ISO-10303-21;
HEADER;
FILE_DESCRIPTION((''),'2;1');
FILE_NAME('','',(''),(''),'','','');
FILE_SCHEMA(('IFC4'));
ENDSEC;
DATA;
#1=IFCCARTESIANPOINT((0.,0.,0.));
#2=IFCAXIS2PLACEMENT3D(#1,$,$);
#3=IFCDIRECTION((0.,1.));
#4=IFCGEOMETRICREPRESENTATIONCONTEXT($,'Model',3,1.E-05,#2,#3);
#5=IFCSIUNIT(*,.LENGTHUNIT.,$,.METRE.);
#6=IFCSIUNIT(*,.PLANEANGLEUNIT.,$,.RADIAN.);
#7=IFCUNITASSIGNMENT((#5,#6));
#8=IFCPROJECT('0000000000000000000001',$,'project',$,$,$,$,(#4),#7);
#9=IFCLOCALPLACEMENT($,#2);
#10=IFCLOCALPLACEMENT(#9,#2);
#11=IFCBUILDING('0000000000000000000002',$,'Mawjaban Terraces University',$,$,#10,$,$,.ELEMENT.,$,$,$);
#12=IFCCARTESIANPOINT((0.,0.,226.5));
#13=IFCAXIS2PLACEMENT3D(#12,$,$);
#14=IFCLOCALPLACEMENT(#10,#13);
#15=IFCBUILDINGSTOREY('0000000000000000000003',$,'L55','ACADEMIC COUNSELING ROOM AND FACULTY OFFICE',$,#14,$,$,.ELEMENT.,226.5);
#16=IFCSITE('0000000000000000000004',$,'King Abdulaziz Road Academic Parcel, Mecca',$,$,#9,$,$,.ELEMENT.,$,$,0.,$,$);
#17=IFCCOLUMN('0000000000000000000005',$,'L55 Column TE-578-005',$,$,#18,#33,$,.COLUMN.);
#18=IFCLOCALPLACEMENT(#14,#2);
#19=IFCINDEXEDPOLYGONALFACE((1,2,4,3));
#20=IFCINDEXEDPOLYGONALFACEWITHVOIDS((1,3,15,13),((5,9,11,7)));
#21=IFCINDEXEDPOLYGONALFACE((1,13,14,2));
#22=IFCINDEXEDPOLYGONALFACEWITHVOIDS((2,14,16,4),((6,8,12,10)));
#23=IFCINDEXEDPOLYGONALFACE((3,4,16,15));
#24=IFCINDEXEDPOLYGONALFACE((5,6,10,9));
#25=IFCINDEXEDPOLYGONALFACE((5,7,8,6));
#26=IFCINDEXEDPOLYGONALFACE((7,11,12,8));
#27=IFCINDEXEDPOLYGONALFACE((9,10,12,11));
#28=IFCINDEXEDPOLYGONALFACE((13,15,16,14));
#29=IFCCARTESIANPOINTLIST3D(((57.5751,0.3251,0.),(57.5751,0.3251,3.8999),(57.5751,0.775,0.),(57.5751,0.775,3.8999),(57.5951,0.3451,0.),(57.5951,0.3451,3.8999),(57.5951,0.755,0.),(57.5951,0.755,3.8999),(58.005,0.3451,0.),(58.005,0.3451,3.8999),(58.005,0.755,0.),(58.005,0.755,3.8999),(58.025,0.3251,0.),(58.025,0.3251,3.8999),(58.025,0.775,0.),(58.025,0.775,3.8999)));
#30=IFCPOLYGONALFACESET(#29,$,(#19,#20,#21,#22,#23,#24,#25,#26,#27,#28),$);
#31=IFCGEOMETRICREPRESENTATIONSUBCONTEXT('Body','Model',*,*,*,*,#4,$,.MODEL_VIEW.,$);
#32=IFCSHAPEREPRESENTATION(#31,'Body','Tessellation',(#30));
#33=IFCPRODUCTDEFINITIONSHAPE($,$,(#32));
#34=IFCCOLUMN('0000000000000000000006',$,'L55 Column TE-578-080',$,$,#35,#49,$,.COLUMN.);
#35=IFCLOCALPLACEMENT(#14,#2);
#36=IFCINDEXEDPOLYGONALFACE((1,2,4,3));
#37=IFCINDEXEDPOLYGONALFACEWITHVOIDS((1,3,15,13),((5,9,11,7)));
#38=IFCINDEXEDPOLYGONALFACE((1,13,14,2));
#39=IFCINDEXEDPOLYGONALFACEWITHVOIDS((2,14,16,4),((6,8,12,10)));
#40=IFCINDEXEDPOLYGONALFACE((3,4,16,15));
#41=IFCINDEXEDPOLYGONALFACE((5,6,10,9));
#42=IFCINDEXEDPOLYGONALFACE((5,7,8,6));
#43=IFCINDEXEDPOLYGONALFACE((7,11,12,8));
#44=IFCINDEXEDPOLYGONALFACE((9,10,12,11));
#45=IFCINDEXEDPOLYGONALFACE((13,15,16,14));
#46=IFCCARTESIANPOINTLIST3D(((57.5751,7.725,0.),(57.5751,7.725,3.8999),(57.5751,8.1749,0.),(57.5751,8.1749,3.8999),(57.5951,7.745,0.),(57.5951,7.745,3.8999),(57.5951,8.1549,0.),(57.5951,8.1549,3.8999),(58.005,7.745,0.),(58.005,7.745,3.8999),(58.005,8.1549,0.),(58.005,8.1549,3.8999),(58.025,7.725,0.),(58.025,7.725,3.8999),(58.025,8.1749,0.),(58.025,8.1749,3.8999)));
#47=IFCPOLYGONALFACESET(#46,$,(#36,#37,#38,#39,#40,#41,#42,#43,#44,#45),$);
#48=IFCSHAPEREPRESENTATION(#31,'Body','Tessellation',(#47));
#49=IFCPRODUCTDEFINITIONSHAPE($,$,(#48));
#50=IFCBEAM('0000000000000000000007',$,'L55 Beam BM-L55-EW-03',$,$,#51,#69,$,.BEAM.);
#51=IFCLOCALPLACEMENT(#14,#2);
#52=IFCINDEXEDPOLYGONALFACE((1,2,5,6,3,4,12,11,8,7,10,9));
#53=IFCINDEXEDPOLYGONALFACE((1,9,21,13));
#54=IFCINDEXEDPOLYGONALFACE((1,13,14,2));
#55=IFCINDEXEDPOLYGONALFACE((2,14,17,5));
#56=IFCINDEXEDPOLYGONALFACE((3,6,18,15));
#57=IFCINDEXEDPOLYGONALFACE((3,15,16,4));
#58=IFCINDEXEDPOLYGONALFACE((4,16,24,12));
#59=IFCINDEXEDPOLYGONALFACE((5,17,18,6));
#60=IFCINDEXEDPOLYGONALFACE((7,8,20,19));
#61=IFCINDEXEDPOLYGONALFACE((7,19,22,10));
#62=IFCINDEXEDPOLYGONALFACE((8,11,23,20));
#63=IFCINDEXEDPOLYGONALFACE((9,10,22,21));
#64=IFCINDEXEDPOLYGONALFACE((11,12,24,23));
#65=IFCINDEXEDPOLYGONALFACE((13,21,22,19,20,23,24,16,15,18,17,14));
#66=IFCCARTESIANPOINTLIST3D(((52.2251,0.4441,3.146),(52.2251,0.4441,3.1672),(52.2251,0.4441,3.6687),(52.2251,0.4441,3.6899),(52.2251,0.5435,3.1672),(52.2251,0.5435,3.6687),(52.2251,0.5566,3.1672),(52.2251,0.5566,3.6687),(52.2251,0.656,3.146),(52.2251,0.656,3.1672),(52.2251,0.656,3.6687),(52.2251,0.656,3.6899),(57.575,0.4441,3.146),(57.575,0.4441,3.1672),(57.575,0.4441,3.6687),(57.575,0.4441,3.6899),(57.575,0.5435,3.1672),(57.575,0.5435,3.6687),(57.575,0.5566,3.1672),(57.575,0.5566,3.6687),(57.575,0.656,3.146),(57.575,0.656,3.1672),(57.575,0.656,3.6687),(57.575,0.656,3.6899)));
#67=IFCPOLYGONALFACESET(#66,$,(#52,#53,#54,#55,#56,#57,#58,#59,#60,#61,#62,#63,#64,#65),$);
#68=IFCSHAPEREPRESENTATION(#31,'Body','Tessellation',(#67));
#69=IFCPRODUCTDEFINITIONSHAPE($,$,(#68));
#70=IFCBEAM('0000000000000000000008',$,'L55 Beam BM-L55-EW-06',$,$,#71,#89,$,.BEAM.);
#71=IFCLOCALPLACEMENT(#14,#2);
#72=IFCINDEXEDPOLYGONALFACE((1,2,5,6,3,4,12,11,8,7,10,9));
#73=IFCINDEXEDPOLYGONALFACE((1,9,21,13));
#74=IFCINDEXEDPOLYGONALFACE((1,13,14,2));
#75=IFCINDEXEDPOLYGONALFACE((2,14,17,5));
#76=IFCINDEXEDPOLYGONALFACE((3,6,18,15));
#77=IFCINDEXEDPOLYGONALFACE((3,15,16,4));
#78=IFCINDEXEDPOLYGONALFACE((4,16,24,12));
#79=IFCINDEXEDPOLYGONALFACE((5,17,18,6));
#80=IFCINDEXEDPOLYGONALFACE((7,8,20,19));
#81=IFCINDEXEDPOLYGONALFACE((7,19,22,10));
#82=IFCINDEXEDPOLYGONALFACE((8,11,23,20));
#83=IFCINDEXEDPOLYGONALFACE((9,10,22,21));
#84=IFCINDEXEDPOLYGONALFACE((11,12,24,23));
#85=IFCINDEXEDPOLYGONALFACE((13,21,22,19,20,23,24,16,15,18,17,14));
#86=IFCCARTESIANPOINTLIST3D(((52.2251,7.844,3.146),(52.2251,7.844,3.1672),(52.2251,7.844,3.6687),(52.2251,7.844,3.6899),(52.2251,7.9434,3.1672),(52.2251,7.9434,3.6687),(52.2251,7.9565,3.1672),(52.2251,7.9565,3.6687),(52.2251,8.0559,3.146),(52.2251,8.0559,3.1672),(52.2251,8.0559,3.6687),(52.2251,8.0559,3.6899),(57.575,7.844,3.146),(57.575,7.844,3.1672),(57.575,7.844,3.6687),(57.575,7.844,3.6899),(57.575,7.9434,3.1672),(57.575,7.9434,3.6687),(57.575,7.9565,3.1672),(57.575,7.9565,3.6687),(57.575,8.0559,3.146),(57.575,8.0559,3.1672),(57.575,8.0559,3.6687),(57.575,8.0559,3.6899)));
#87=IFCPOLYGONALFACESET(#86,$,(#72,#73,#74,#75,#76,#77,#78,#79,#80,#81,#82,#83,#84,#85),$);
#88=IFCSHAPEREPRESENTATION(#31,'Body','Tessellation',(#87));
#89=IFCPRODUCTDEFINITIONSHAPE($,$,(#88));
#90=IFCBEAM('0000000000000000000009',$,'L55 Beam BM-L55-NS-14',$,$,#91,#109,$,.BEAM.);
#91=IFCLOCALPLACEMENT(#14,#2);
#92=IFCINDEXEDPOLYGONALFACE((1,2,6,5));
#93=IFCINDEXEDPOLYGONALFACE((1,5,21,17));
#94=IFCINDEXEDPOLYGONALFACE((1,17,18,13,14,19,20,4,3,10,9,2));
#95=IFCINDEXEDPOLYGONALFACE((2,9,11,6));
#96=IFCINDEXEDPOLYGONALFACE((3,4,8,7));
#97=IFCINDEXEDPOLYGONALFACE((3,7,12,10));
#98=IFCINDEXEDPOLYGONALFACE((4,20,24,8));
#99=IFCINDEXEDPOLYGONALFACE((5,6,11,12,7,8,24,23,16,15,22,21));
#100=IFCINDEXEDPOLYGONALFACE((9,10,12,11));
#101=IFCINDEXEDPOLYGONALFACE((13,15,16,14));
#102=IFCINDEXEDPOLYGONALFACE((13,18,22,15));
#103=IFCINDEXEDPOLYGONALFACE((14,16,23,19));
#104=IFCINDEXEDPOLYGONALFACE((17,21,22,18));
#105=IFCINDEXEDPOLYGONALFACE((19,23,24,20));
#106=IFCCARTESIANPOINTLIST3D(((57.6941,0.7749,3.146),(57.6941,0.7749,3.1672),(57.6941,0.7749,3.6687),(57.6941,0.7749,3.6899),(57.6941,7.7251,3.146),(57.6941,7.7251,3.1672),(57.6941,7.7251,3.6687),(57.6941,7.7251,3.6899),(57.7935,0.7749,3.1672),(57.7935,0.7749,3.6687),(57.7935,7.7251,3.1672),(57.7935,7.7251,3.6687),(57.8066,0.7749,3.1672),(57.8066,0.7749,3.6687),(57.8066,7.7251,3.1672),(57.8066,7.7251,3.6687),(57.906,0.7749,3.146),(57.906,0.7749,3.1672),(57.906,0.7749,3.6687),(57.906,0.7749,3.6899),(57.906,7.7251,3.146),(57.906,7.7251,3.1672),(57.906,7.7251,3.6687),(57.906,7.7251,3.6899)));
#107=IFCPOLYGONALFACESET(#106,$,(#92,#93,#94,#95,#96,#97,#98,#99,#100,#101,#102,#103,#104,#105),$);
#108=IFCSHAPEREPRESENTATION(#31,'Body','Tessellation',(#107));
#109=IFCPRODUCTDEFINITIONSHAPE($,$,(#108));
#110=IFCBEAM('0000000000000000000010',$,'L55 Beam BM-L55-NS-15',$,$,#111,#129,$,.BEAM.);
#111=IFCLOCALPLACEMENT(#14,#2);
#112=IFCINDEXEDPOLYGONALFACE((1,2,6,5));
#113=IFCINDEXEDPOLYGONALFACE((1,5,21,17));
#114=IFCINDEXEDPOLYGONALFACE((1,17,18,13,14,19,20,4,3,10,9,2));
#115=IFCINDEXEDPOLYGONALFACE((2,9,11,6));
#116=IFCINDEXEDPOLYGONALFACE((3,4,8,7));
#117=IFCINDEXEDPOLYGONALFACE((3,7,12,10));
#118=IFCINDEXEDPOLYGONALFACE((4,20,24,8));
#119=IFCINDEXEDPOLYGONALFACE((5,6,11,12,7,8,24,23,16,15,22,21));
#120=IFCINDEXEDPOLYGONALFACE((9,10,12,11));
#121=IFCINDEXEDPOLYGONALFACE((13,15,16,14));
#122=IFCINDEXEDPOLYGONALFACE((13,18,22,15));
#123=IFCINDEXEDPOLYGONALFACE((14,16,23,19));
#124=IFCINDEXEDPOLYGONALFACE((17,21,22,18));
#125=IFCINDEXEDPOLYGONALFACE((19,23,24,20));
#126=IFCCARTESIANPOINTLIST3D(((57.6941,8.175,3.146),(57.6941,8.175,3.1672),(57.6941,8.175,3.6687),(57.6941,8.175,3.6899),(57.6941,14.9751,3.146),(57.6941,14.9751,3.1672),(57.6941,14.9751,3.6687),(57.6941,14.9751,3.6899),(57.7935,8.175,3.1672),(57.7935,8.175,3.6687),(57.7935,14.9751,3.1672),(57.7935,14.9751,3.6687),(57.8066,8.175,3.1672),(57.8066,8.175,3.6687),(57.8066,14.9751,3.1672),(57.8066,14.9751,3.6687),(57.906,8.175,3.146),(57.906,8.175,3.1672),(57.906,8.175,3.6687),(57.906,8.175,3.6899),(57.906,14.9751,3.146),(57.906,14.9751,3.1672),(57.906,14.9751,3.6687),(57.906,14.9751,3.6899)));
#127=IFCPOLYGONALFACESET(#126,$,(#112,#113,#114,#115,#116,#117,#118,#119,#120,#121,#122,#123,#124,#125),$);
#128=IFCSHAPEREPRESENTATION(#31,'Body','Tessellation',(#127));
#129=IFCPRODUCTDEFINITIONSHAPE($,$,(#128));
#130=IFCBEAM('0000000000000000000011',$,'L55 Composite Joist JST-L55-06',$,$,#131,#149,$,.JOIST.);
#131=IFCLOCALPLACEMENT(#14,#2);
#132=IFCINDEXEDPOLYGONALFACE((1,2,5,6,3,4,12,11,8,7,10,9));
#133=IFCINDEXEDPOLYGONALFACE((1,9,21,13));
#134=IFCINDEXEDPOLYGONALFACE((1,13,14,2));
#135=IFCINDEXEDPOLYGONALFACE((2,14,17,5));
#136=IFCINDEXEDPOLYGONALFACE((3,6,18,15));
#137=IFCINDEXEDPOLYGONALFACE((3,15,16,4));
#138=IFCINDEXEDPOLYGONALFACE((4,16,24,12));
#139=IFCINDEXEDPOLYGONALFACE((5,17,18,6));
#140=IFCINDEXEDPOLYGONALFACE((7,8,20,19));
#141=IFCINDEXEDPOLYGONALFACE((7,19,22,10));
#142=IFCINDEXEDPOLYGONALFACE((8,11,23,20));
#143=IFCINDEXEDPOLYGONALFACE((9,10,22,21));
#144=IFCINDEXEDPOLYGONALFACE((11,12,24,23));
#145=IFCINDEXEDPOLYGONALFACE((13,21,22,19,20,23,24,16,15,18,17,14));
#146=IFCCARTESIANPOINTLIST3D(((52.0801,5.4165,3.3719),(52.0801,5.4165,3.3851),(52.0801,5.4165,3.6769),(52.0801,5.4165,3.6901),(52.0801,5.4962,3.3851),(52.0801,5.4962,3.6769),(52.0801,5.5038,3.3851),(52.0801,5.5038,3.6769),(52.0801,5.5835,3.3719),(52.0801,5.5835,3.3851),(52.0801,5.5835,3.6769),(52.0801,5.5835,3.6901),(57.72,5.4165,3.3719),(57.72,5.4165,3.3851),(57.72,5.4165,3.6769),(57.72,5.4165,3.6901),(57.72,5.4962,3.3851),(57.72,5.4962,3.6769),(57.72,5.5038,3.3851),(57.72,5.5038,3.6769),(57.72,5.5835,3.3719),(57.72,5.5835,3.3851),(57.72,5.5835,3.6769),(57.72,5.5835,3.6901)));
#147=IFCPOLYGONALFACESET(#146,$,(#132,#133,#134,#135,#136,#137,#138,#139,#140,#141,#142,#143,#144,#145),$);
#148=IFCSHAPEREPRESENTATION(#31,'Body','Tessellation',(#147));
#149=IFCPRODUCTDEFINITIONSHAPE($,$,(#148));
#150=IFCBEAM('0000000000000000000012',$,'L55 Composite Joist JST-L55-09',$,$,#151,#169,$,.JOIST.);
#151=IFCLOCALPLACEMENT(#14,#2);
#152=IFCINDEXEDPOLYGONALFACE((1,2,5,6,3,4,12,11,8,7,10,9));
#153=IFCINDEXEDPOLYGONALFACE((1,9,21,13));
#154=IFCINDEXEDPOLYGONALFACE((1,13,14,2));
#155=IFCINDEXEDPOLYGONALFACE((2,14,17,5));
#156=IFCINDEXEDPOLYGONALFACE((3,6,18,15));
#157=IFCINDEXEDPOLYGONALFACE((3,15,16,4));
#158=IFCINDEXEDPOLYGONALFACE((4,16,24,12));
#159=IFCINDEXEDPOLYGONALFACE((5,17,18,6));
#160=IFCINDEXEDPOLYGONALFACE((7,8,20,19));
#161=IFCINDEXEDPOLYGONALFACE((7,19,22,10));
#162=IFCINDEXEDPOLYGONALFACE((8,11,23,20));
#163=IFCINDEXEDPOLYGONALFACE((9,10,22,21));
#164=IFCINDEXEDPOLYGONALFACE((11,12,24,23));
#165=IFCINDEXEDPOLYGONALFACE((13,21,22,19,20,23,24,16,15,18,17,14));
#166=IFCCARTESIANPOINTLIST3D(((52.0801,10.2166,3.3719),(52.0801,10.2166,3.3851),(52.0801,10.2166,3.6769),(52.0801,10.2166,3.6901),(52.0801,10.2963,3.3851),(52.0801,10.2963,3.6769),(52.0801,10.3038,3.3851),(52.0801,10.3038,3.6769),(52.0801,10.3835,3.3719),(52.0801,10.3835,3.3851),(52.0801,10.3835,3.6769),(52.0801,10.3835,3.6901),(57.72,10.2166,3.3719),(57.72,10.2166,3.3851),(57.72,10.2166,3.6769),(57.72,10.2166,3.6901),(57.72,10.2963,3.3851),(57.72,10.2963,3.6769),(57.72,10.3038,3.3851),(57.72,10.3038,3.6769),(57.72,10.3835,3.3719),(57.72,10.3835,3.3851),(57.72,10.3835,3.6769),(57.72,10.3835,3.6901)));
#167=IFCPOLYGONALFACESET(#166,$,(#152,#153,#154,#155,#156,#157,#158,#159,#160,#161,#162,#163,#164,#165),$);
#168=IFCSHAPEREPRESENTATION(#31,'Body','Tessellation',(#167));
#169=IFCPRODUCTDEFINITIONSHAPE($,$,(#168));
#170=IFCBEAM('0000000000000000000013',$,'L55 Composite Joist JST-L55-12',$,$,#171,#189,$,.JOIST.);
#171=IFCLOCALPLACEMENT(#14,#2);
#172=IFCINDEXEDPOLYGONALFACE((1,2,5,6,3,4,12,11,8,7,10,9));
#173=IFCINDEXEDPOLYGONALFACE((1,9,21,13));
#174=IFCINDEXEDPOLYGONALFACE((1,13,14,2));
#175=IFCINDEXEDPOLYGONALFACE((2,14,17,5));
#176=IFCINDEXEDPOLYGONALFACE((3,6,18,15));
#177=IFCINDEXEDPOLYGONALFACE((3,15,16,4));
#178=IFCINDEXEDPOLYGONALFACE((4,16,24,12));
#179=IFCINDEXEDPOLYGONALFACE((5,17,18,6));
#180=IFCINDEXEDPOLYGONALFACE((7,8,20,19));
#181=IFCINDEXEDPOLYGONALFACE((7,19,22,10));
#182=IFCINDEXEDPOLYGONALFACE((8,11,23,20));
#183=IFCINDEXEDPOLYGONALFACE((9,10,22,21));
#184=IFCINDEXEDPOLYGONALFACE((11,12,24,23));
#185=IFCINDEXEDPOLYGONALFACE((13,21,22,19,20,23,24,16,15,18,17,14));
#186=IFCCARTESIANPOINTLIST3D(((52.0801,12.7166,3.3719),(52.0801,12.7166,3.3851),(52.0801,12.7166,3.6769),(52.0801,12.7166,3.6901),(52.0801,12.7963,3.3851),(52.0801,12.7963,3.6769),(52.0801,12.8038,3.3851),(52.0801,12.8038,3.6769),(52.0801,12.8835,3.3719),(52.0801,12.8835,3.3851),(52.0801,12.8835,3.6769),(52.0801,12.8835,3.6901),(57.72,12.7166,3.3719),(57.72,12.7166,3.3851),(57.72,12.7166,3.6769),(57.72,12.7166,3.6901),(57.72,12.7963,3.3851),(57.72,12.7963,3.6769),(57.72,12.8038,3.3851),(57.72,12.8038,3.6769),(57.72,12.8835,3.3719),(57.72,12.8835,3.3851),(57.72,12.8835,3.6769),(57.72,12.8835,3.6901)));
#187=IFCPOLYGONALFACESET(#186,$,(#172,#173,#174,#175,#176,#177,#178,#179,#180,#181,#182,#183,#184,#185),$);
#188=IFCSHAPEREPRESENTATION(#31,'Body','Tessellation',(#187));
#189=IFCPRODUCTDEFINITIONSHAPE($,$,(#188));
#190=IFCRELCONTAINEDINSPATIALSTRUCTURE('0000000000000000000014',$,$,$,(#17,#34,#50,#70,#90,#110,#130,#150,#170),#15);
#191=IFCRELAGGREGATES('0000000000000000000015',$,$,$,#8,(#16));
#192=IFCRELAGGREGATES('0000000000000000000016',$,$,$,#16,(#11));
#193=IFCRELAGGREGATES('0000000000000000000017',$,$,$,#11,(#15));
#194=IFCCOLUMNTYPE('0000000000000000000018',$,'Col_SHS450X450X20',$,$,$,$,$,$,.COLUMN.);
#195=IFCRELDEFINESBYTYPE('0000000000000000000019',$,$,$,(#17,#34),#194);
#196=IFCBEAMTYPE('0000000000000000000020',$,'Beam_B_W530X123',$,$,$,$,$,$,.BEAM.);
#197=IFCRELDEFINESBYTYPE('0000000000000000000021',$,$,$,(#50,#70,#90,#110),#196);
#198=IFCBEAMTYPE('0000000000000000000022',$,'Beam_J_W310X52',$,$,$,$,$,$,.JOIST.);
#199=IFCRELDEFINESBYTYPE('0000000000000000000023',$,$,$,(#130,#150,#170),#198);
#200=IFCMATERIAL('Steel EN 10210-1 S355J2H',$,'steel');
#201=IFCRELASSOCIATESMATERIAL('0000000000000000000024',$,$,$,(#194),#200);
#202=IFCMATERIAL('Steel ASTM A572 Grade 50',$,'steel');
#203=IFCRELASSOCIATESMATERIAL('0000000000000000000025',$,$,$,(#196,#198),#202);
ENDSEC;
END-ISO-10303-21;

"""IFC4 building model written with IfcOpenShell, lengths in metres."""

from ifc_helpers import new_model, si_unit, direction, frame, origin, origin_2d, place, context, subcontext, project, spatial, hollow_rectangle, i_section, extrude, material, material_profile, profile_set, type_object, element, save


model = new_model("IFC4")

# Units and contexts
model_context = context("Model", 3, precision=1e-05, world=origin(), true_north=direction((0.0, 1.0)))
body_context = subcontext(model_context, "Body", "Model", "MODEL_VIEW")
ifc_project = project(units=[si_unit("LENGTHUNIT", "METRE"), si_unit("PLANEANGLEUNIT", "RADIAN")], contexts=[model_context])

# Site, building, storey
site_placement = place(None, origin())
site = spatial("IfcSite", under=ifc_project, at=site_placement, Name="King Abdulaziz Road Academic Parcel, Mecca", CompositionType="ELEMENT", RefElevation=0.0)
building_placement = place(site_placement, origin())
building = spatial("IfcBuilding", under=site, at=building_placement, Name="Mawjaban Terraces University", CompositionType="ELEMENT")
storey_placement = place(building_placement, frame((0.0, 0.0, 226.5)))
storey = spatial("IfcBuildingStorey", under=building, at=storey_placement, Name="L55", Description="ACADEMIC COUNSELING ROOM AND FACULTY OFFICE", CompositionType="ELEMENT", Elevation=226.5)

# Columns
ifc_material_1 = material(Name="Steel EN 10210-1 S355J2H", Category="steel")
ifc_material_profile_1 = material_profile(ifc_material_1, hollow_rectangle(XDim=0.45, YDim=0.45, WallThickness=0.02, at=origin_2d()), Name="SHS450X450X20")
ifc_profile_set_1 = profile_set([ifc_material_profile_1], Name="Steel EN 10210-1 S355J2H")
column_type = type_object("IfcColumnType", Name="Col_SHS450X450X20", PredefinedType="COLUMN", material=ifc_profile_set_1)
for number, where, z_axis, x_axis, name in (
    (1, (57.8, 0.55, 0.0), (0.0, 0.0, 1.0), (1.0, 0.0, 0.0), "L55 Column TE-578-005"),
    (2, (57.8, 7.95, 0.0), (0.0, 0.0, 1.0), (1.0, 0.0, 0.0), "L55 Column TE-578-080"),
):
    element("IfcColumn", number, at=place(storey_placement, frame(where, z_axis=z_axis, x_axis=x_axis)), inside=storey, type_object=column_type, Name=name, PredefinedType="COLUMN", context=body_context, shape_type="SweptSolid", body=[
        extrude(hollow_rectangle(XDim=0.45, YDim=0.45, WallThickness=0.02, at=origin_2d()), origin(), (0.0, 0.0, 1.0), 3.8999),
    ])

# Beams
ifc_material_2 = material(Name="Steel ASTM A572 Grade 50", Category="steel")
ifc_material_profile_2 = material_profile(ifc_material_2, i_section(OverallWidth=0.2119, OverallDepth=0.5439, WebThickness=0.0132, FlangeThickness=0.0212, at=origin_2d()), Name="W530X123")
ifc_profile_set_2 = profile_set([ifc_material_profile_2], Name="Steel ASTM A572 Grade 50")
beam_type_1 = type_object("IfcBeamType", Name="Beam_B_W530X123", PredefinedType="BEAM", material=ifc_profile_set_2)
for number, where, z_axis, x_axis, name in (
    (3, (52.2251, 0.55, 3.418), (1.0, 0.0, 0.0), (0.0, 1.0, 0.0), "L55 Beam BM-L55-EW-03"),
    (4, (52.2251, 7.95, 3.418), (1.0, 0.0, 0.0), (0.0, 1.0, 0.0), "L55 Beam BM-L55-EW-06"),
):
    element("IfcBeam", number, at=place(storey_placement, frame(where, z_axis=z_axis, x_axis=x_axis)), inside=storey, type_object=beam_type_1, Name=name, PredefinedType="BEAM", context=body_context, shape_type="SweptSolid", body=[
        extrude(i_section(OverallWidth=0.2119, OverallDepth=0.5439, WebThickness=0.0132, FlangeThickness=0.0212, at=origin_2d()), origin(), (0.0, 0.0, 1.0), 5.3499),
    ])
beam_1_placement = place(storey_placement, frame((57.8, 0.7749, 3.418), z_axis=(0.0, 1.0, 0.0), x_axis=(-1.0, 0.0, 0.0)))
element("IfcBeam", 5, at=beam_1_placement, inside=storey, type_object=beam_type_1, Name="L55 Beam BM-L55-NS-14", PredefinedType="BEAM", context=body_context, shape_type="SweptSolid", body=[
    extrude(i_section(OverallWidth=0.2119, OverallDepth=0.5439, WebThickness=0.0132, FlangeThickness=0.0212, at=origin_2d()), origin(), (0.0, 0.0, 1.0), 6.9502),
])
beam_2_placement = place(storey_placement, frame((57.8, 8.175, 3.418), z_axis=(0.0, 1.0, 0.0), x_axis=(-1.0, 0.0, 0.0)))
element("IfcBeam", 6, at=beam_2_placement, inside=storey, type_object=beam_type_1, Name="L55 Beam BM-L55-NS-15", PredefinedType="BEAM", context=body_context, shape_type="SweptSolid", body=[
    extrude(i_section(OverallWidth=0.2119, OverallDepth=0.5439, WebThickness=0.0132, FlangeThickness=0.0212, at=origin_2d()), origin(), (0.0, 0.0, 1.0), 6.8),
])
ifc_material_profile_3 = material_profile(ifc_material_2, i_section(OverallWidth=0.167, OverallDepth=0.3181, WebThickness=0.0076, FlangeThickness=0.0132, at=origin_2d()), Name="W310X52")
ifc_profile_set_3 = profile_set([ifc_material_profile_3], Name="Steel ASTM A572 Grade 50")
beam_type_2 = type_object("IfcBeamType", Name="Beam_J_W310X52", PredefinedType="JOIST", material=ifc_profile_set_3)
for number, where, z_axis, x_axis, name in (
    (7, (52.0801, 5.5, 3.531), (1.0, 0.0, 0.0), (0.0, 1.0, 0.0), "L55 Composite Joist JST-L55-06"),
    (8, (52.0801, 10.3, 3.531), (1.0, 0.0, 0.0), (0.0, 1.0, 0.0), "L55 Composite Joist JST-L55-09"),
    (9, (52.0801, 12.8, 3.531), (1.0, 0.0, 0.0), (0.0, 1.0, 0.0), "L55 Composite Joist JST-L55-12"),
):
    element("IfcBeam", number, at=place(storey_placement, frame(where, z_axis=z_axis, x_axis=x_axis)), inside=storey, type_object=beam_type_2, Name=name, PredefinedType="JOIST", context=body_context, shape_type="SweptSolid", body=[
        extrude(i_section(OverallWidth=0.167, OverallDepth=0.3181, WebThickness=0.0076, FlangeThickness=0.0132, at=origin_2d()), origin(), (0.0, 0.0, 1.0), 5.6399),
    ])

save(model, "model.ifc")
